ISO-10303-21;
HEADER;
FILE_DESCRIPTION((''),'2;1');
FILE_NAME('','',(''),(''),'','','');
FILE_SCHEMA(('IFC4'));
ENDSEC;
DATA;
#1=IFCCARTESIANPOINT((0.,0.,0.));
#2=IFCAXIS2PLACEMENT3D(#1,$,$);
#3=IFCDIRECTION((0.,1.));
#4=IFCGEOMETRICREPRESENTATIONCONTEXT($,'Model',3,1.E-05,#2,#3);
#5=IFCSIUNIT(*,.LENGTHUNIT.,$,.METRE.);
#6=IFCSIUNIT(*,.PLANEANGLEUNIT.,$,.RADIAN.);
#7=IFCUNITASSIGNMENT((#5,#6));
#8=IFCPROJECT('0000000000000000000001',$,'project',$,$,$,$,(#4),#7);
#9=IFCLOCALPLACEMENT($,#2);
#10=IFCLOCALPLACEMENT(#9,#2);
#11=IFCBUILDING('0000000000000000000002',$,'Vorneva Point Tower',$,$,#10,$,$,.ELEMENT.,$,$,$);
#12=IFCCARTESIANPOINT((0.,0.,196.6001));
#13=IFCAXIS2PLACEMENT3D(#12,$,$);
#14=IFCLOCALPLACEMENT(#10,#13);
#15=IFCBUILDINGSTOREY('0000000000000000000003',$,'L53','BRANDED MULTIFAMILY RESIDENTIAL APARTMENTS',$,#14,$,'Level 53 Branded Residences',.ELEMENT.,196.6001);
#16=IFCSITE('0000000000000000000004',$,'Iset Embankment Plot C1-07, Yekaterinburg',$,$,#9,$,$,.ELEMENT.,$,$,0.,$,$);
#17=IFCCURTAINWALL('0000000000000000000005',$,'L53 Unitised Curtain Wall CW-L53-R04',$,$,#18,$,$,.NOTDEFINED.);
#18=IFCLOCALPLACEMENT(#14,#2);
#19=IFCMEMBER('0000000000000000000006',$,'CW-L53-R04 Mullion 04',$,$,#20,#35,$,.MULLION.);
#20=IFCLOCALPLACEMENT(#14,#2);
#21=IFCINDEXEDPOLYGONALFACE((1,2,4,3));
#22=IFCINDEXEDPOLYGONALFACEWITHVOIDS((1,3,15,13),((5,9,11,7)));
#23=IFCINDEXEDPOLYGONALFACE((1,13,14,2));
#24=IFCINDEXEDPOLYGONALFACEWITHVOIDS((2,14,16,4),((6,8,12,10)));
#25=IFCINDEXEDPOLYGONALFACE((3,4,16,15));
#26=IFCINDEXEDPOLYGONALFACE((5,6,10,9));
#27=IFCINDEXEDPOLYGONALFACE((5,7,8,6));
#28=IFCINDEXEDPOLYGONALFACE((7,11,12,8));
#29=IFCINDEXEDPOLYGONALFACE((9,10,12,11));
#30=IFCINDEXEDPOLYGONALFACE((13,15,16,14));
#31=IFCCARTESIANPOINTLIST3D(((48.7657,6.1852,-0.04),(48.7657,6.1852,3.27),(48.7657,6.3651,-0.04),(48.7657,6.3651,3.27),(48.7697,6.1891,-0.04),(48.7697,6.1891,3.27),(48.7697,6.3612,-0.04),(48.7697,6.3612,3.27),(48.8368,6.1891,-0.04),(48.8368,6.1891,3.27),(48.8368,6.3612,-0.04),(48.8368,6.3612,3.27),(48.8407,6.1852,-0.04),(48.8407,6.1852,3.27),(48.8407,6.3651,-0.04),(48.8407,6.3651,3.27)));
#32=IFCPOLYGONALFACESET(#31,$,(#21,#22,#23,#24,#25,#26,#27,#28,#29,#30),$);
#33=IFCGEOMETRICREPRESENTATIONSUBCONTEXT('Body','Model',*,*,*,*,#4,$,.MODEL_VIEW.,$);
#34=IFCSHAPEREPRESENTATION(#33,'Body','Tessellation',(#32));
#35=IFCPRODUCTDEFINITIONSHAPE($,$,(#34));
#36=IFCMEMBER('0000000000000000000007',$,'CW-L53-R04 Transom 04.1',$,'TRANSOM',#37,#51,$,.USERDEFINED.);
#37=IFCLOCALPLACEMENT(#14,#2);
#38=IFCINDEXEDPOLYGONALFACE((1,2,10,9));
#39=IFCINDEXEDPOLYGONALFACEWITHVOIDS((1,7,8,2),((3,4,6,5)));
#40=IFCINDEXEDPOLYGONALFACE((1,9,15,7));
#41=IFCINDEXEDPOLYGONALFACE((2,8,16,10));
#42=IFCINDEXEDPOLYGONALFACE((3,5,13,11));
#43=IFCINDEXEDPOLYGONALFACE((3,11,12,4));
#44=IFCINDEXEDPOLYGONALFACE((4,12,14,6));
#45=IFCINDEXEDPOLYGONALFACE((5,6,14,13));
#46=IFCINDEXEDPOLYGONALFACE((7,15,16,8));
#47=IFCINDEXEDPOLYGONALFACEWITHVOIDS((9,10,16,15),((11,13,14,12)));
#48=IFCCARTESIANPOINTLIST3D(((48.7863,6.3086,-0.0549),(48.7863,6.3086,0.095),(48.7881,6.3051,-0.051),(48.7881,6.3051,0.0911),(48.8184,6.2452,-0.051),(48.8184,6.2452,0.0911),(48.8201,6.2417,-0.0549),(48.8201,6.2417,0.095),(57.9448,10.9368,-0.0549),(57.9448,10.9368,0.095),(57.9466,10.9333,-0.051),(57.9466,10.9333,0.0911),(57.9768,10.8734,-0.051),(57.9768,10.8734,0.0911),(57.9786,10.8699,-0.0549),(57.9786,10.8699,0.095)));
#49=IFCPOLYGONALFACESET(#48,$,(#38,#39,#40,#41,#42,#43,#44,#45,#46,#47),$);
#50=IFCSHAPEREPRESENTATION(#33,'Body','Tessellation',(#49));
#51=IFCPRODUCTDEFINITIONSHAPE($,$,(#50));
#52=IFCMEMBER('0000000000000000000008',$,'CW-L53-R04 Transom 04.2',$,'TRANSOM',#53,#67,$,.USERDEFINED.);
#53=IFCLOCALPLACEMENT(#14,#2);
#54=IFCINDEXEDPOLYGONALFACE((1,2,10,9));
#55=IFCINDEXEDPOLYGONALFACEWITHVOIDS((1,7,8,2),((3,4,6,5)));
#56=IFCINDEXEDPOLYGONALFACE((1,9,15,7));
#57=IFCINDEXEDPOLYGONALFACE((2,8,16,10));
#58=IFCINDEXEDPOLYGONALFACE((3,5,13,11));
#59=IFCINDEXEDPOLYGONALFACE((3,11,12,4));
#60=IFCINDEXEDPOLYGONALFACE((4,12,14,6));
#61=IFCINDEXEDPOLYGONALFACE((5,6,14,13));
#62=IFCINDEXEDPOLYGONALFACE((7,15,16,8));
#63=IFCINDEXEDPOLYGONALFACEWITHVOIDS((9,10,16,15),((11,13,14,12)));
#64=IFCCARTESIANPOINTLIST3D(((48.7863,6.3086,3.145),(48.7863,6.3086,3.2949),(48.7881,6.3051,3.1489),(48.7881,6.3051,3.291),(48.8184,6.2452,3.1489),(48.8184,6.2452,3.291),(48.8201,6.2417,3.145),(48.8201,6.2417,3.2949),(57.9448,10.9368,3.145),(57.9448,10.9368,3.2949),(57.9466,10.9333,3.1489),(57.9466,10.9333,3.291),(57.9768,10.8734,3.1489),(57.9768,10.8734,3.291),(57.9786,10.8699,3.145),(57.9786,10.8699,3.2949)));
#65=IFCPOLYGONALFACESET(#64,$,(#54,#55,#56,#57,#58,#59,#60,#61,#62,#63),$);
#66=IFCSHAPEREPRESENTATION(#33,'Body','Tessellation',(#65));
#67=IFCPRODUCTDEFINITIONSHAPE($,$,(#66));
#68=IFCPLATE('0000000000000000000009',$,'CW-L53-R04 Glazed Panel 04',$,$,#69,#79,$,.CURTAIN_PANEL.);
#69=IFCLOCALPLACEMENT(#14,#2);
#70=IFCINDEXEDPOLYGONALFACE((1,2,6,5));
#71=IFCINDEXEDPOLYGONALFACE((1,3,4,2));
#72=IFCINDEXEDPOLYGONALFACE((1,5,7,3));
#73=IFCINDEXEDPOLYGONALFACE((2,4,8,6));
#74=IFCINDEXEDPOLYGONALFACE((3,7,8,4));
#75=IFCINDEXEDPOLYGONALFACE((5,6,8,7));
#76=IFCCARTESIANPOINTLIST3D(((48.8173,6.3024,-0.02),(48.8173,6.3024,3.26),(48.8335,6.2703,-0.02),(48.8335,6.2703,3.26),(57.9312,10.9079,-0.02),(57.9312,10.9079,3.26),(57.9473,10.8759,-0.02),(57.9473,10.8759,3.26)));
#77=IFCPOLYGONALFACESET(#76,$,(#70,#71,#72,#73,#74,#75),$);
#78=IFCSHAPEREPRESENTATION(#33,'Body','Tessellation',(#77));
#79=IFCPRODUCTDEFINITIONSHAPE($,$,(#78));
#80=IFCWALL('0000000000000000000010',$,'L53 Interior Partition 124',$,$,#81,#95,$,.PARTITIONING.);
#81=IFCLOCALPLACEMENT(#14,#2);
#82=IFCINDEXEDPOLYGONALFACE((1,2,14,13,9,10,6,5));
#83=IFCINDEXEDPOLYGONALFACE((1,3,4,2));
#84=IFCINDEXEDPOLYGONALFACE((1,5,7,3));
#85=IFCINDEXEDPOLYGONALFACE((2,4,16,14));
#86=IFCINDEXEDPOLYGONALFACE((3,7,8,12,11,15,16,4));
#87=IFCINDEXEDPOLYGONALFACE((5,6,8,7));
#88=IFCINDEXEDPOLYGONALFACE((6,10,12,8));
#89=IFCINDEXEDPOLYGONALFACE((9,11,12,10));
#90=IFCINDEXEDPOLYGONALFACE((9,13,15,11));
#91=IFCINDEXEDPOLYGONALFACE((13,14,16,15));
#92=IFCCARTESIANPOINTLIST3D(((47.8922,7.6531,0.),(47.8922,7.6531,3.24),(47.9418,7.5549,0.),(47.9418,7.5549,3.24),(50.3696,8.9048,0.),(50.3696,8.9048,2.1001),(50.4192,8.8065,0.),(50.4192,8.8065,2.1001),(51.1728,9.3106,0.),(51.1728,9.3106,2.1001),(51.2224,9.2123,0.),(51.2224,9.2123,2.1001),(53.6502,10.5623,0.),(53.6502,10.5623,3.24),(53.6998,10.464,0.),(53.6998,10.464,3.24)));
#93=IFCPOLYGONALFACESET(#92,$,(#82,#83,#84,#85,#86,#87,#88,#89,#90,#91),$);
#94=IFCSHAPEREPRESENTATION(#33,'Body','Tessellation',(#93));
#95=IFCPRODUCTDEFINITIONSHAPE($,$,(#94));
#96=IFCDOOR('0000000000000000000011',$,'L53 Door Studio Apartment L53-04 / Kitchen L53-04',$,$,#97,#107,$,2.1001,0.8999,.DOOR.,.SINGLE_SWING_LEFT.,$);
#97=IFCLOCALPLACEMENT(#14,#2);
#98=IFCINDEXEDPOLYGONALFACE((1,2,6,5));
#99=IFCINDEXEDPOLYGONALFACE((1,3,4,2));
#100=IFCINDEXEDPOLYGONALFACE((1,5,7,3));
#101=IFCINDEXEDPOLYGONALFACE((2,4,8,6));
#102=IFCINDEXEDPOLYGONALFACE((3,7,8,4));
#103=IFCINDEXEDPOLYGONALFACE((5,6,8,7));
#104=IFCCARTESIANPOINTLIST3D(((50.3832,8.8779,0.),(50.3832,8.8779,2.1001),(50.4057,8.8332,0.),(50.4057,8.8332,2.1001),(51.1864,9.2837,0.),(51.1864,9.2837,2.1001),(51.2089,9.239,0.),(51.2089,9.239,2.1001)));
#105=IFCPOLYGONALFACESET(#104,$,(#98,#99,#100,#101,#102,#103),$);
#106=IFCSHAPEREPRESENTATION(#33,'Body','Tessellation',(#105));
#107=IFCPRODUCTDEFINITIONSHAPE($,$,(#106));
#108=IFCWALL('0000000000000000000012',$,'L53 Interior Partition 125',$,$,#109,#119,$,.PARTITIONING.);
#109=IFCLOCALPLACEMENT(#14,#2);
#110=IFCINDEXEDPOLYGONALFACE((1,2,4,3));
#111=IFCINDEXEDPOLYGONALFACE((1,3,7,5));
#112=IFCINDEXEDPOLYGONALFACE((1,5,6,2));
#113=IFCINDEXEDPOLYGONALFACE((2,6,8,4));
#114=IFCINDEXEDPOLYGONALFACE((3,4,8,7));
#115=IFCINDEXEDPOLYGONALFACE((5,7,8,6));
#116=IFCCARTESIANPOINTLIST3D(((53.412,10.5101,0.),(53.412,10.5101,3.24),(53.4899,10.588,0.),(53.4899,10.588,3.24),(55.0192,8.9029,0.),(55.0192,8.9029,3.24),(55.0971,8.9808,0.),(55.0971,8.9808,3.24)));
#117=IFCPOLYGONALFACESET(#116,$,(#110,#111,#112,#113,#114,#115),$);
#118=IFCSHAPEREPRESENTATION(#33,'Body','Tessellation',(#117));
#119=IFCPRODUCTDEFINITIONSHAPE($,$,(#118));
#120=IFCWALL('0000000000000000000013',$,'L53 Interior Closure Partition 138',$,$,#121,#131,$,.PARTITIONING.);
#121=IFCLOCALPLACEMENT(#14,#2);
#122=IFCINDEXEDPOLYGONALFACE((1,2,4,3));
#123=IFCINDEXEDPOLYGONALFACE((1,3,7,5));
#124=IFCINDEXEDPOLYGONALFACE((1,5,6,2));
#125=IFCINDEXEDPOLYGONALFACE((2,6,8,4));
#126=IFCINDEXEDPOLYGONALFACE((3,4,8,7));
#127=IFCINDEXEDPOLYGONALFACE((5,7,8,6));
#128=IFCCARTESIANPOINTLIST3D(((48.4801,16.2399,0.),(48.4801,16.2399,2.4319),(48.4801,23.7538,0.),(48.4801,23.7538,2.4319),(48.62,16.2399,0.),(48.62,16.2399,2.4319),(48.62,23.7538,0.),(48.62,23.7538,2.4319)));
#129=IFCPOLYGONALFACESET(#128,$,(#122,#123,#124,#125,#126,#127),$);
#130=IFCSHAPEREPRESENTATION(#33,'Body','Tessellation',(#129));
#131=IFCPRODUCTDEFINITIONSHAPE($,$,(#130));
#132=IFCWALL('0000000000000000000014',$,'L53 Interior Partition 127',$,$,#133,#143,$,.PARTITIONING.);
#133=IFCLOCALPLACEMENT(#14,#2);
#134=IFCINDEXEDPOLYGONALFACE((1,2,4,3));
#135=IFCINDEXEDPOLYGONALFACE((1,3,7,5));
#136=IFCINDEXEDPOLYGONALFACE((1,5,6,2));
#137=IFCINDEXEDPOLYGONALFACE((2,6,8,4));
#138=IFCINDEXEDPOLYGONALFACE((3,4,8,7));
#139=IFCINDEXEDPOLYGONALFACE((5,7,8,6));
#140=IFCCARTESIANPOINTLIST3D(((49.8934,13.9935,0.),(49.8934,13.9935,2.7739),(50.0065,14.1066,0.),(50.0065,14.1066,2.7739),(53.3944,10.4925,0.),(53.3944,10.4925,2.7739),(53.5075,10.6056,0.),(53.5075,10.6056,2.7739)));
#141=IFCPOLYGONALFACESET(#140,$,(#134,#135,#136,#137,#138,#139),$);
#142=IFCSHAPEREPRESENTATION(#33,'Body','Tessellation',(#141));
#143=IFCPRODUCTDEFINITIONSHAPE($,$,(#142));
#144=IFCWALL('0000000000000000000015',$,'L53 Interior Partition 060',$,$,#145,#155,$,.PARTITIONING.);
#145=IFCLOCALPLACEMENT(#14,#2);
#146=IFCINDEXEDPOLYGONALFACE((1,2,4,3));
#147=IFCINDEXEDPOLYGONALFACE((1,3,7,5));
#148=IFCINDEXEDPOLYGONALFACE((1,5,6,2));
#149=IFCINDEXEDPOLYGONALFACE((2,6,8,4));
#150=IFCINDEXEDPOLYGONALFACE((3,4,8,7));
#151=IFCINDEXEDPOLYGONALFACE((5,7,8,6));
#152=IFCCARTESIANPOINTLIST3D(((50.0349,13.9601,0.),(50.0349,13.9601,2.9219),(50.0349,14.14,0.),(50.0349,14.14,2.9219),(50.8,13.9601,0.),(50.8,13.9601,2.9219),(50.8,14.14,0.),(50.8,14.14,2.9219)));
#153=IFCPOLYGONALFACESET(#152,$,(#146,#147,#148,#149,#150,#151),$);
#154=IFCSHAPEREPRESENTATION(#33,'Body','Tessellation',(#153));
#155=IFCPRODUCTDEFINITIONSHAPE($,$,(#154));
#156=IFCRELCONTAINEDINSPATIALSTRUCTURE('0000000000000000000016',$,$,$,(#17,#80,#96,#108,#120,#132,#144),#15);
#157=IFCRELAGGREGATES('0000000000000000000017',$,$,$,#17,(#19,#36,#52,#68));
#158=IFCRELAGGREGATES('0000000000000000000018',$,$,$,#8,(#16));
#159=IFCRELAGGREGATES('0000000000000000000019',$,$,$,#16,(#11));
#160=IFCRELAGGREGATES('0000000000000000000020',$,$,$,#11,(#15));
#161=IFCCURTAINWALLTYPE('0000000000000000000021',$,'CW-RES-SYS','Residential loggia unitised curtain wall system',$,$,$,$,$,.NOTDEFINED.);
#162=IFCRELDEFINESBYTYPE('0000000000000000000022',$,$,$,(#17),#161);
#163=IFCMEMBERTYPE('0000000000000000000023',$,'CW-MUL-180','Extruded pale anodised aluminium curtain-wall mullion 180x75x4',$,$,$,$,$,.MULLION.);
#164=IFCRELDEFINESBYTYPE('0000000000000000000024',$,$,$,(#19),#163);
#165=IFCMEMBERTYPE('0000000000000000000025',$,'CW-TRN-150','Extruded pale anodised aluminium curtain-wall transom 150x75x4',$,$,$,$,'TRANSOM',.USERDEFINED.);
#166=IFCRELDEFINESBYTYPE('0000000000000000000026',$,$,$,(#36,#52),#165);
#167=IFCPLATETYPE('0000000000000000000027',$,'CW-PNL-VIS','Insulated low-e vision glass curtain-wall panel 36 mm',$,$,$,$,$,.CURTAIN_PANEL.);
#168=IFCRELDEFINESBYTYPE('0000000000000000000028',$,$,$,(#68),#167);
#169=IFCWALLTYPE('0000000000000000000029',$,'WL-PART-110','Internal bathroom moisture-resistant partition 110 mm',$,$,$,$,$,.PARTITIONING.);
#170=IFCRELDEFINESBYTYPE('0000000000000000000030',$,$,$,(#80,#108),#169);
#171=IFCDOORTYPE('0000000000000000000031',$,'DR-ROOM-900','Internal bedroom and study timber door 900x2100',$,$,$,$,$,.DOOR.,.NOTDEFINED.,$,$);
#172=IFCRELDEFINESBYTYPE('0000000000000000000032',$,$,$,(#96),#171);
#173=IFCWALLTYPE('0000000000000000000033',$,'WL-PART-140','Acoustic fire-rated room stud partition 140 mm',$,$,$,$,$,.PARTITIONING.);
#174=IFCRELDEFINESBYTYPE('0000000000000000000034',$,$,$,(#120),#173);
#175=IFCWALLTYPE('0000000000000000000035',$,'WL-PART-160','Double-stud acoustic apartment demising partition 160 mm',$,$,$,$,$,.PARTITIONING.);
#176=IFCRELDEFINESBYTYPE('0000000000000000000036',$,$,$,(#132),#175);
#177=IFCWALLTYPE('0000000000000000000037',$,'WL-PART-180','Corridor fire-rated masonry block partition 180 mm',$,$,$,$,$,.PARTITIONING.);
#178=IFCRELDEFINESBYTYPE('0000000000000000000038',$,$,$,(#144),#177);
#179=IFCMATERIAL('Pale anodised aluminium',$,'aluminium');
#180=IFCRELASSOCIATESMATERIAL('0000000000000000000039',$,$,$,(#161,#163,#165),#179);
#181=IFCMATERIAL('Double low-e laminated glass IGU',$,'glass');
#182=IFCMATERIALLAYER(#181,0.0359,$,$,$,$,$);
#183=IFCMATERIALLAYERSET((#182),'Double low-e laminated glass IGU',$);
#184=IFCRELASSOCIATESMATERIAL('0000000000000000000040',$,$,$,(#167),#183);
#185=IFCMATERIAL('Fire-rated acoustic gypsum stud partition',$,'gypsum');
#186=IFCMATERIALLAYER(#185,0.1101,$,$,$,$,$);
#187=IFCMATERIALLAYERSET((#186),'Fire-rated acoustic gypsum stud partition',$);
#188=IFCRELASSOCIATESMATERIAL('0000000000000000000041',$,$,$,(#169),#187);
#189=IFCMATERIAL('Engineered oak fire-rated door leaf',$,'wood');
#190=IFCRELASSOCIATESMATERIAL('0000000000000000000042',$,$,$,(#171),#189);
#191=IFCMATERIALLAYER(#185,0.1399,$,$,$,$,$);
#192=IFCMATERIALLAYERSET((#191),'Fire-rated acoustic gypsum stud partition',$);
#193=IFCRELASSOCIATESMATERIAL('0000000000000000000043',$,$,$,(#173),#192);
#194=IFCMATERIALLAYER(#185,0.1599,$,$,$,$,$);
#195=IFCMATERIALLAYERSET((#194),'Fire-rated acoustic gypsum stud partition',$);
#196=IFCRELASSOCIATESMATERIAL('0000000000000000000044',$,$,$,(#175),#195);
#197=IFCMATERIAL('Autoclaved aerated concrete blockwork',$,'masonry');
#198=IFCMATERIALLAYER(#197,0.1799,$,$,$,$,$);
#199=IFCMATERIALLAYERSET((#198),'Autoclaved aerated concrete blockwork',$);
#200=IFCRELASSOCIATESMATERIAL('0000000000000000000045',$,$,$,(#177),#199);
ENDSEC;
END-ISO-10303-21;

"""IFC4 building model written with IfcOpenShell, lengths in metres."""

from ifc_helpers import new_model, si_unit, direction, frame, frame_2d, origin, origin_2d, place, context, subcontext, project, spatial, rectangle, hollow_rectangle, extrude, material, layer, layer_set, material_profile, profile_set, type_object, element, fill, aggregate, save


model = new_model("IFC4")

# Units and contexts
model_context = context("Model", 3, precision=1e-05, world=origin(), true_north=direction((0.0, 1.0)))
body_context = subcontext(model_context, "Body", "Model", "MODEL_VIEW")
ifc_project = project(units=[si_unit("LENGTHUNIT", "METRE"), si_unit("PLANEANGLEUNIT", "RADIAN")], contexts=[model_context])

# Site, building, storey
site_placement = place(None, origin())
site = spatial("IfcSite", under=ifc_project, at=site_placement, Name="Iset Embankment Plot C1-07, Yekaterinburg", CompositionType="ELEMENT", RefElevation=0.0)
building_placement = place(site_placement, origin())
building = spatial("IfcBuilding", under=site, at=building_placement, Name="Vorneva Point Tower", CompositionType="ELEMENT")
storey_placement = place(building_placement, frame((0.0, 0.0, 196.6001)))
storey = spatial("IfcBuildingStorey", under=building, at=storey_placement, Name="L53", Description="BRANDED MULTIFAMILY RESIDENTIAL APARTMENTS", LongName="Level 53 Branded Residences", CompositionType="ELEMENT", Elevation=196.6001)

# Curtain wall, members, plate
ifc_material_1 = material(Name="Pale anodised aluminium", Category="aluminium")
curtain_wall_type = type_object("IfcCurtainWallType", Name="CW-RES-SYS", Description="Residential loggia unitised curtain wall system", PredefinedType="NOTDEFINED", material=ifc_material_1)
curtain_wall_placement = place(storey_placement, origin())
curtain_wall = element("IfcCurtainWall", 1, at=curtain_wall_placement, inside=storey, type_object=curtain_wall_type, Name="L53 Unitised Curtain Wall CW-L53-R04", PredefinedType="NOTDEFINED")
ifc_material_profile_1 = material_profile(ifc_material_1, hollow_rectangle(XDim=0.075, YDim=0.1799, WallThickness=0.0039, at=origin_2d()), Name="AL-MUL 180x75x4")
ifc_profile_set_1 = profile_set([ifc_material_profile_1], Name="Pale anodised aluminium")
member_type_1 = type_object("IfcMemberType", Name="CW-MUL-180", Description="Extruded pale anodised aluminium curtain-wall mullion 180x75x4", PredefinedType="MULLION", material=ifc_profile_set_1)
member_1_placement = place(storey_placement, frame((48.8032, 6.2751, -0.04), z_axis=(0.0, 0.0, 1.0), x_axis=(1.0, 0.0, 0.0)))
member_1 = element("IfcMember", 2, at=member_1_placement, type_object=member_type_1, Name="CW-L53-R04 Mullion 04", PredefinedType="MULLION", context=body_context, shape_type="SweptSolid", body=[
    extrude(hollow_rectangle(XDim=0.075, YDim=0.1799, WallThickness=0.0039, at=origin_2d()), origin(), (0.0, 0.0, 1.0), 3.3101),
])
ifc_material_profile_2 = material_profile(ifc_material_1, hollow_rectangle(XDim=0.075, YDim=0.1499, WallThickness=0.0039, at=origin_2d()), Name="AL-TRN 150x75x4")
ifc_profile_set_2 = profile_set([ifc_material_profile_2], Name="Pale anodised aluminium")
member_type_2 = type_object("IfcMemberType", Name="CW-TRN-150", Description="Extruded pale anodised aluminium curtain-wall transom 150x75x4", ElementType="TRANSOM", PredefinedType="USERDEFINED", material=ifc_profile_set_2)
member_2_placement = place(storey_placement, frame((48.8032, 6.2751, 0.02), z_axis=(0.892511, 0.451026, 0.0), x_axis=(-0.451026, 0.892511, 0.0)))
member_2 = element("IfcMember", 3, at=member_2_placement, type_object=member_type_2, Name="CW-L53-R04 Transom 04.1", ObjectType="TRANSOM", PredefinedType="USERDEFINED", context=body_context, shape_type="SweptSolid", body=[
    extrude(hollow_rectangle(XDim=0.075, YDim=0.1499, WallThickness=0.0039, at=origin_2d()), origin(), (0.0, 0.0, 1.0), 10.2615),
])
member_3_placement = place(storey_placement, frame((48.8032, 6.2751, 3.22), z_axis=(0.892511, 0.451026, 0.0), x_axis=(-0.451026, 0.892511, 0.0)))
member_3 = element("IfcMember", 4, at=member_3_placement, type_object=member_type_2, Name="CW-L53-R04 Transom 04.2", ObjectType="TRANSOM", PredefinedType="USERDEFINED", context=body_context, shape_type="SweptSolid", body=[
    extrude(hollow_rectangle(XDim=0.075, YDim=0.1499, WallThickness=0.0039, at=origin_2d()), origin(), (0.0, 0.0, 1.0), 10.2615),
])
ifc_material_2 = material(Name="Double low-e laminated glass IGU", Category="glass")
ifc_layer_1 = layer(ifc_material_2, 0.0359)
ifc_layer_set_1 = layer_set([ifc_layer_1], Name="Double low-e laminated glass IGU")
plate_type = type_object("IfcPlateType", Name="CW-PNL-VIS", Description="Insulated low-e vision glass curtain-wall panel 36 mm", PredefinedType="CURTAIN_PANEL", material=ifc_layer_set_1)
plate_placement = place(storey_placement, frame((53.3823, 8.5891, -0.02), z_axis=(0.0, 0.0, 1.0), x_axis=(0.892515, 0.451018, 0.0)))
plate = element("IfcPlate", 5, at=plate_placement, type_object=plate_type, Name="CW-L53-R04 Glazed Panel 04", PredefinedType="CURTAIN_PANEL", context=body_context, shape_type="SweptSolid", body=[
    extrude(rectangle(XDim=10.2114, YDim=0.0359, at=origin_2d()), origin(), (0.0, 0.0, 1.0), 3.28),
])
aggregate(curtain_wall, [member_1, member_2, member_3, plate])

# Wall, opening, door
ifc_material_3 = material(Name="Fire-rated acoustic gypsum stud partition", Category="gypsum")
ifc_layer_2 = layer(ifc_material_3, 0.1101)
ifc_layer_set_2 = layer_set([ifc_layer_2], Name="Fire-rated acoustic gypsum stud partition")
wall_type_1 = type_object("IfcWallType", Name="WL-PART-110", Description="Internal bathroom moisture-resistant partition 110 mm", PredefinedType="PARTITIONING", material=ifc_layer_set_2)
wall_1_placement = place(storey_placement, frame((47.917, 7.604, 0.0), z_axis=(0.0, 0.0, 1.0), x_axis=(0.89255, 0.450949, 0.0)))
wall_1 = element("IfcWall", 6, at=wall_1_placement, inside=storey, type_object=wall_type_1, Name="L53 Interior Partition 124", PredefinedType="PARTITIONING", context=body_context, shape_type="SweptSolid", body=[
    extrude(rectangle(XDim=6.4512, YDim=0.1101, at=frame_2d((3.2256, 0.0))), origin(), (0.0, 0.0, 1.0), 3.24),
])
opening_1_placement = place(wall_1_placement, frame((2.7756, 0.0, 0.0)))
opening_1 = element("IfcOpeningElement", 7, at=opening_1_placement, cuts=wall_1, PredefinedType="OPENING", context=body_context, shape_type="SweptSolid", body=[
    extrude(rectangle(XDim=0.8999, YDim=2.1001, at=frame_2d((0.45, 1.05))), frame((0.0, 0.0698, 0.0), z_axis=(0.0, -1.0, 0.0), x_axis=(1.0, 0.0, 0.0)), (0.0, 0.0, 1.0), 0.1399),
])
ifc_material_4 = material(Name="Engineered oak fire-rated door leaf", Category="wood")
door_type_1 = type_object("IfcDoorType", Name="DR-ROOM-900", Description="Internal bedroom and study timber door 900x2100", OperationType="NOTDEFINED", PredefinedType="DOOR", material=ifc_material_4)
door_1_placement = place(opening_1_placement, origin())
door_1 = element("IfcDoor", 8, at=door_1_placement, inside=storey, type_object=door_type_1, Name="L53 Door Studio Apartment L53-04 / Kitchen L53-04", OperationType="SINGLE_SWING_LEFT", OverallHeight=2.1001, OverallWidth=0.8999, PredefinedType="DOOR", context=body_context, shape_type="SweptSolid", body=[
    extrude(rectangle(XDim=0.8999, YDim=2.1001, at=frame_2d((0.45, 1.05))), frame((0.0, 0.0249, 0.0), z_axis=(0.0, -1.0, 0.0), x_axis=(1.0, 0.0, 0.0)), (0.0, 0.0, 1.0), 0.05),
])
fill(opening_1, door_1)

# Walls
wall_2_placement = place(storey_placement, frame((53.4509, 10.5491, 0.0), z_axis=(0.0, 0.0, 1.0), x_axis=(0.707107, -0.707107, 0.0)))
element("IfcWall", 9, at=wall_2_placement, inside=storey, type_object=wall_type_1, Name="L53 Interior Partition 125", PredefinedType="PARTITIONING", context=body_context, shape_type="SweptSolid", body=[
    extrude(rectangle(XDim=2.2729, YDim=0.1101, at=frame_2d((1.1365, 0.0))), origin(), (0.0, 0.0, 1.0), 3.24),
])
ifc_layer_3 = layer(ifc_material_3, 0.1399)
ifc_layer_set_3 = layer_set([ifc_layer_3], Name="Fire-rated acoustic gypsum stud partition")
wall_type_2 = type_object("IfcWallType", Name="WL-PART-140", Description="Acoustic fire-rated room stud partition 140 mm", PredefinedType="PARTITIONING", material=ifc_layer_set_3)
wall_3_placement = place(storey_placement, frame((48.55, 16.24, 0.0), z_axis=(0.0, 0.0, 1.0), x_axis=(0.0, 1.0, 0.0)))
element("IfcWall", 10, at=wall_3_placement, inside=storey, type_object=wall_type_2, Name="L53 Interior Closure Partition 138", PredefinedType="PARTITIONING", context=body_context, shape_type="SweptSolid", body=[
    extrude(rectangle(XDim=7.5139, YDim=0.1399, at=frame_2d((3.7568, 0.0))), origin(), (0.0, 0.0, 1.0), 2.4319),
])
ifc_layer_4 = layer(ifc_material_3, 0.1599)
ifc_layer_set_4 = layer_set([ifc_layer_4], Name="Fire-rated acoustic gypsum stud partition")
wall_type_3 = type_object("IfcWallType", Name="WL-PART-160", Description="Double-stud acoustic apartment demising partition 160 mm", PredefinedType="PARTITIONING", material=ifc_layer_set_4)
wall_4_placement = place(storey_placement, frame((53.4509, 10.5491, 0.0), z_axis=(0.0, 0.0, 1.0), x_axis=(-0.707107, 0.707107, 0.0)))
element("IfcWall", 11, at=wall_4_placement, inside=storey, type_object=wall_type_3, Name="L53 Interior Partition 127", PredefinedType="PARTITIONING", context=body_context, shape_type="SweptSolid", body=[
    extrude(rectangle(XDim=4.9512, YDim=0.1599, at=frame_2d((2.4756, 0.0))), origin(), (0.0, 0.0, 1.0), 2.7739),
])

# Shared definitions
ifc_material_5 = material(Name="Autoclaved aerated concrete blockwork", Category="masonry")
ifc_layer_5 = layer(ifc_material_5, 0.1799)
ifc_layer_set_5 = layer_set([ifc_layer_5], Name="Autoclaved aerated concrete blockwork")
wall_type_4 = type_object("IfcWallType", Name="WL-PART-180", Description="Corridor fire-rated masonry block partition 180 mm", PredefinedType="PARTITIONING", material=ifc_layer_set_5)

# Wall
wall_5_placement = place(storey_placement, frame((50.0349, 14.05, 0.0), z_axis=(0.0, 0.0, 1.0), x_axis=(1.0, 0.0, 0.0)))
element("IfcWall", 12, at=wall_5_placement, inside=storey, type_object=wall_type_4, Name="L53 Interior Partition 060", PredefinedType="PARTITIONING", context=body_context, shape_type="SweptSolid", body=[
    extrude(rectangle(XDim=0.7651, YDim=0.1799, at=frame_2d((0.3826, 0.0))), origin(), (0.0, 0.0, 1.0), 2.9219),
])

save(model, "model.ifc")
